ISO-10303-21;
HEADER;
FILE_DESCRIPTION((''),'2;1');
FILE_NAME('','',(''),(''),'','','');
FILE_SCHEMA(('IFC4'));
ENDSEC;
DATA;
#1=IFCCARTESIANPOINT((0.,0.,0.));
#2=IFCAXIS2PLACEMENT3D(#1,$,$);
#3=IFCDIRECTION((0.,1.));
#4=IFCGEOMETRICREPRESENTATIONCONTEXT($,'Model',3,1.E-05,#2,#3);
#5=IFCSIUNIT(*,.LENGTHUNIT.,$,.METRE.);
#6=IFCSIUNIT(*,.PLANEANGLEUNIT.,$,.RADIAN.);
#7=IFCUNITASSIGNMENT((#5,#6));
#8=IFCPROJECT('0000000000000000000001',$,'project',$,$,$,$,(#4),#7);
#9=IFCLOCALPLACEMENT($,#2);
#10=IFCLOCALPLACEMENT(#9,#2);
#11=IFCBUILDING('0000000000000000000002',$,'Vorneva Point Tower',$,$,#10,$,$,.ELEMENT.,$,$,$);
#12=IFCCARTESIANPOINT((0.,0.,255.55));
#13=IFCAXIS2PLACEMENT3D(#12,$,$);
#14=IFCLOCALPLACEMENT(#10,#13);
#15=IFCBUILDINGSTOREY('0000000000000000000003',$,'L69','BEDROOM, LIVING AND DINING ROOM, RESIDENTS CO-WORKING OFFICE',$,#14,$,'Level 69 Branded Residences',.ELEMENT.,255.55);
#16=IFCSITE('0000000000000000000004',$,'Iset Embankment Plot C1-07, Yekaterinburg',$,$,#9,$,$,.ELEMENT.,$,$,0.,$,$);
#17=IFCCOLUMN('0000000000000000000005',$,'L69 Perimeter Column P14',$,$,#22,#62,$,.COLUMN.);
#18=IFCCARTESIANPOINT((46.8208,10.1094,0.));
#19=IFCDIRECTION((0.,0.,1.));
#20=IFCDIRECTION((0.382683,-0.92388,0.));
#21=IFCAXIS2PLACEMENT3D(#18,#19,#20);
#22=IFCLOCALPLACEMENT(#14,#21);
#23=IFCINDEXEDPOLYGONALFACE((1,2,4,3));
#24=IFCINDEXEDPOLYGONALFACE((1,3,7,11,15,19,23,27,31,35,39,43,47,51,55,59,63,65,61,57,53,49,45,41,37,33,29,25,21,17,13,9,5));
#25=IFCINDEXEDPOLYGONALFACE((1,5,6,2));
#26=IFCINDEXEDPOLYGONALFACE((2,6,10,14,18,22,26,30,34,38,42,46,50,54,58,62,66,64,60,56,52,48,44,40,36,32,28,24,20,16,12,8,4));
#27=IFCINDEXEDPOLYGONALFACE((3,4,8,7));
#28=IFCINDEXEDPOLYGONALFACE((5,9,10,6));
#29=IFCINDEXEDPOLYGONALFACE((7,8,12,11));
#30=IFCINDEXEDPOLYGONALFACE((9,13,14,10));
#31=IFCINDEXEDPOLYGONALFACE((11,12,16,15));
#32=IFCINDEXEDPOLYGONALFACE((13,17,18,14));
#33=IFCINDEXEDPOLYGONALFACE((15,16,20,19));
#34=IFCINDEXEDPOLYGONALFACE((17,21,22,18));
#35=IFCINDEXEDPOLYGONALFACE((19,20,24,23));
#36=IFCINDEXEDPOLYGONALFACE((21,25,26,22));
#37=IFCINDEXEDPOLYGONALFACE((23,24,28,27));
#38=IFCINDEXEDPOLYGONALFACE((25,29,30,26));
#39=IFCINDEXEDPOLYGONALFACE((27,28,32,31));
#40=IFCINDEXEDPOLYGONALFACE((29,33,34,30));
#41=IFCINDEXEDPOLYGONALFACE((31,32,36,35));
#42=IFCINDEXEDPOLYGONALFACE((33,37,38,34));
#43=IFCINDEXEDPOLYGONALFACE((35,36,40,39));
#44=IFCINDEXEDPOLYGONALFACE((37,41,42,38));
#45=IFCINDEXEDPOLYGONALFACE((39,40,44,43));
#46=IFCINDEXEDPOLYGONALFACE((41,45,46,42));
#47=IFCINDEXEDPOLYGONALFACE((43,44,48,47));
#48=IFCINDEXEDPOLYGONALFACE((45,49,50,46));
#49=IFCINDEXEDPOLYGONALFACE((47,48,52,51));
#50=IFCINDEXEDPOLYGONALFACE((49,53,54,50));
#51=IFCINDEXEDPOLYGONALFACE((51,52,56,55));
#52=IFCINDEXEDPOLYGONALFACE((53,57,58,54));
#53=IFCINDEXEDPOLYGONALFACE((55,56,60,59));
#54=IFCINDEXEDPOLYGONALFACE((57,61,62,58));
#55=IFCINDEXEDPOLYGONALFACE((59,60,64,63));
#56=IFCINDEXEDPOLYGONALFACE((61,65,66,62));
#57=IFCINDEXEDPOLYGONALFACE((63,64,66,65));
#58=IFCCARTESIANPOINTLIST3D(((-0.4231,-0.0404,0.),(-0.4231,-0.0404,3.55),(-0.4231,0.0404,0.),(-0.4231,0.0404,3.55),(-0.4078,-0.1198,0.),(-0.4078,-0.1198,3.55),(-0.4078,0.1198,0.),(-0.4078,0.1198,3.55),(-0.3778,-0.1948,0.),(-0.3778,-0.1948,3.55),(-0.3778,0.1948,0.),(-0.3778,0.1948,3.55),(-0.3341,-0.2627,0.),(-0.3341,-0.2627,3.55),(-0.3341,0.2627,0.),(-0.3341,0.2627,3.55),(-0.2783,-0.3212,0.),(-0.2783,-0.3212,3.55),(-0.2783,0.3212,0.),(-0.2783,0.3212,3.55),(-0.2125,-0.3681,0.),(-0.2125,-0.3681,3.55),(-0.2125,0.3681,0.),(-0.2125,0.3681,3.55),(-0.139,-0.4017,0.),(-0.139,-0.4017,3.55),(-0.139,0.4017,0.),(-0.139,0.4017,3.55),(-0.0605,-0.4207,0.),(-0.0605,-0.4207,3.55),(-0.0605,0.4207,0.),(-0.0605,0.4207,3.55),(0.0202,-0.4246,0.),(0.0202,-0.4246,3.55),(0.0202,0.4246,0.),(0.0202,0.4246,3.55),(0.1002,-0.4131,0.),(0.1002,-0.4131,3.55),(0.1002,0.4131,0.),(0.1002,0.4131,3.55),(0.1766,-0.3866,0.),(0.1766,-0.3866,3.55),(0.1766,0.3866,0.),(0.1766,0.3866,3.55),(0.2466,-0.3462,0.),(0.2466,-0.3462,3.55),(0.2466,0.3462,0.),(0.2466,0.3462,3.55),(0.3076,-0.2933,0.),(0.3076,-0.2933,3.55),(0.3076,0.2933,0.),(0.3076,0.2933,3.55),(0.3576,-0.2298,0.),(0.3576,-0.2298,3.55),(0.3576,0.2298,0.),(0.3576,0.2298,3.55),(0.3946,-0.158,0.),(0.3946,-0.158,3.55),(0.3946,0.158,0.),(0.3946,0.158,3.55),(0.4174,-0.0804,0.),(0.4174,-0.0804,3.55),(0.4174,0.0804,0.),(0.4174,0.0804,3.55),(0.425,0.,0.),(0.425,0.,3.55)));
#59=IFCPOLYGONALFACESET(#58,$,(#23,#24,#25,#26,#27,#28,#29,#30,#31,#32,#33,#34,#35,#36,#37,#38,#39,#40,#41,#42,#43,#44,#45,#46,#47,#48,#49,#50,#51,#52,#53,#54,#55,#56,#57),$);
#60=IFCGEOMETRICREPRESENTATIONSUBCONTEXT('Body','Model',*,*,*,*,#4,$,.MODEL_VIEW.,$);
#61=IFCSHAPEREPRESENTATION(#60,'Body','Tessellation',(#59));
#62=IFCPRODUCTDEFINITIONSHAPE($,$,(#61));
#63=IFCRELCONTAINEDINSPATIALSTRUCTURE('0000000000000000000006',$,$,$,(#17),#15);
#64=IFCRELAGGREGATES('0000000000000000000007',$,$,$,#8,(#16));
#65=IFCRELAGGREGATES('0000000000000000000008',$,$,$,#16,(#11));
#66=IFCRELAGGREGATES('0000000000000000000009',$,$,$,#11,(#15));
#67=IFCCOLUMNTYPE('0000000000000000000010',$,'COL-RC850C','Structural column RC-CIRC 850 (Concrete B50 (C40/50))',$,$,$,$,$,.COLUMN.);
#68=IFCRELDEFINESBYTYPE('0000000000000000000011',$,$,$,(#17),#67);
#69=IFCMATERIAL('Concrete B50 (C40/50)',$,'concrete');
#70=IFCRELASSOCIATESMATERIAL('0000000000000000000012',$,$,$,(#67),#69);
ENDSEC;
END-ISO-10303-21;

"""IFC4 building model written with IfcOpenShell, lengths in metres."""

from ifc_helpers import new_model, si_unit, direction, frame, origin, origin_2d, place, context, subcontext, project, spatial, circle, extrude, material, material_profile, profile_set, type_object, element, save


model = new_model("IFC4")

# Units and contexts
model_context = context("Model", 3, precision=1e-05, world=origin(), true_north=direction((0.0, 1.0)))
body_context = subcontext(model_context, "Body", "Model", "MODEL_VIEW")
ifc_project = project(units=[si_unit("LENGTHUNIT", "METRE"), si_unit("PLANEANGLEUNIT", "RADIAN")], contexts=[model_context])

# Site, building, storey
site_placement = place(None, origin())
site = spatial("IfcSite", under=ifc_project, at=site_placement, Name="Iset Embankment Plot C1-07, Yekaterinburg", CompositionType="ELEMENT", RefElevation=0.0)
building_placement = place(site_placement, origin())
building = spatial("IfcBuilding", under=site, at=building_placement, Name="Vorneva Point Tower", CompositionType="ELEMENT")
storey_placement = place(building_placement, frame((0.0, 0.0, 255.55)))
storey = spatial("IfcBuildingStorey", under=building, at=storey_placement, Name="L69", Description="BEDROOM, LIVING AND DINING ROOM, RESIDENTS CO-WORKING OFFICE", LongName="Level 69 Branded Residences", CompositionType="ELEMENT", Elevation=255.55)

# Column
ifc_material_1 = material(Name="Concrete B50 (C40/50)", Category="concrete")
ifc_material_profile_1 = material_profile(ifc_material_1, circle(Radius=0.425, at=origin_2d()), Name="RC-CIRC 850")
ifc_profile_set_1 = profile_set([ifc_material_profile_1], Name="Concrete B50 (C40/50)")
column_type = type_object("IfcColumnType", Name="COL-RC850C", Description="Structural column RC-CIRC 850 (Concrete B50 (C40/50))", PredefinedType="COLUMN", material=ifc_profile_set_1)
column_placement = place(storey_placement, frame((46.8208, 10.1094, 0.0), z_axis=(0.0, 0.0, 1.0), x_axis=(0.382683, -0.92388, 0.0)))
element("IfcColumn", 1, at=column_placement, inside=storey, type_object=column_type, Name="L69 Perimeter Column P14", PredefinedType="COLUMN", context=body_context, shape_type="SweptSolid", body=[
    extrude(circle(Radius=0.425, at=origin_2d()), origin(), (0.0, 0.0, 1.0), 3.55),
])

save(model, "model.ifc")
